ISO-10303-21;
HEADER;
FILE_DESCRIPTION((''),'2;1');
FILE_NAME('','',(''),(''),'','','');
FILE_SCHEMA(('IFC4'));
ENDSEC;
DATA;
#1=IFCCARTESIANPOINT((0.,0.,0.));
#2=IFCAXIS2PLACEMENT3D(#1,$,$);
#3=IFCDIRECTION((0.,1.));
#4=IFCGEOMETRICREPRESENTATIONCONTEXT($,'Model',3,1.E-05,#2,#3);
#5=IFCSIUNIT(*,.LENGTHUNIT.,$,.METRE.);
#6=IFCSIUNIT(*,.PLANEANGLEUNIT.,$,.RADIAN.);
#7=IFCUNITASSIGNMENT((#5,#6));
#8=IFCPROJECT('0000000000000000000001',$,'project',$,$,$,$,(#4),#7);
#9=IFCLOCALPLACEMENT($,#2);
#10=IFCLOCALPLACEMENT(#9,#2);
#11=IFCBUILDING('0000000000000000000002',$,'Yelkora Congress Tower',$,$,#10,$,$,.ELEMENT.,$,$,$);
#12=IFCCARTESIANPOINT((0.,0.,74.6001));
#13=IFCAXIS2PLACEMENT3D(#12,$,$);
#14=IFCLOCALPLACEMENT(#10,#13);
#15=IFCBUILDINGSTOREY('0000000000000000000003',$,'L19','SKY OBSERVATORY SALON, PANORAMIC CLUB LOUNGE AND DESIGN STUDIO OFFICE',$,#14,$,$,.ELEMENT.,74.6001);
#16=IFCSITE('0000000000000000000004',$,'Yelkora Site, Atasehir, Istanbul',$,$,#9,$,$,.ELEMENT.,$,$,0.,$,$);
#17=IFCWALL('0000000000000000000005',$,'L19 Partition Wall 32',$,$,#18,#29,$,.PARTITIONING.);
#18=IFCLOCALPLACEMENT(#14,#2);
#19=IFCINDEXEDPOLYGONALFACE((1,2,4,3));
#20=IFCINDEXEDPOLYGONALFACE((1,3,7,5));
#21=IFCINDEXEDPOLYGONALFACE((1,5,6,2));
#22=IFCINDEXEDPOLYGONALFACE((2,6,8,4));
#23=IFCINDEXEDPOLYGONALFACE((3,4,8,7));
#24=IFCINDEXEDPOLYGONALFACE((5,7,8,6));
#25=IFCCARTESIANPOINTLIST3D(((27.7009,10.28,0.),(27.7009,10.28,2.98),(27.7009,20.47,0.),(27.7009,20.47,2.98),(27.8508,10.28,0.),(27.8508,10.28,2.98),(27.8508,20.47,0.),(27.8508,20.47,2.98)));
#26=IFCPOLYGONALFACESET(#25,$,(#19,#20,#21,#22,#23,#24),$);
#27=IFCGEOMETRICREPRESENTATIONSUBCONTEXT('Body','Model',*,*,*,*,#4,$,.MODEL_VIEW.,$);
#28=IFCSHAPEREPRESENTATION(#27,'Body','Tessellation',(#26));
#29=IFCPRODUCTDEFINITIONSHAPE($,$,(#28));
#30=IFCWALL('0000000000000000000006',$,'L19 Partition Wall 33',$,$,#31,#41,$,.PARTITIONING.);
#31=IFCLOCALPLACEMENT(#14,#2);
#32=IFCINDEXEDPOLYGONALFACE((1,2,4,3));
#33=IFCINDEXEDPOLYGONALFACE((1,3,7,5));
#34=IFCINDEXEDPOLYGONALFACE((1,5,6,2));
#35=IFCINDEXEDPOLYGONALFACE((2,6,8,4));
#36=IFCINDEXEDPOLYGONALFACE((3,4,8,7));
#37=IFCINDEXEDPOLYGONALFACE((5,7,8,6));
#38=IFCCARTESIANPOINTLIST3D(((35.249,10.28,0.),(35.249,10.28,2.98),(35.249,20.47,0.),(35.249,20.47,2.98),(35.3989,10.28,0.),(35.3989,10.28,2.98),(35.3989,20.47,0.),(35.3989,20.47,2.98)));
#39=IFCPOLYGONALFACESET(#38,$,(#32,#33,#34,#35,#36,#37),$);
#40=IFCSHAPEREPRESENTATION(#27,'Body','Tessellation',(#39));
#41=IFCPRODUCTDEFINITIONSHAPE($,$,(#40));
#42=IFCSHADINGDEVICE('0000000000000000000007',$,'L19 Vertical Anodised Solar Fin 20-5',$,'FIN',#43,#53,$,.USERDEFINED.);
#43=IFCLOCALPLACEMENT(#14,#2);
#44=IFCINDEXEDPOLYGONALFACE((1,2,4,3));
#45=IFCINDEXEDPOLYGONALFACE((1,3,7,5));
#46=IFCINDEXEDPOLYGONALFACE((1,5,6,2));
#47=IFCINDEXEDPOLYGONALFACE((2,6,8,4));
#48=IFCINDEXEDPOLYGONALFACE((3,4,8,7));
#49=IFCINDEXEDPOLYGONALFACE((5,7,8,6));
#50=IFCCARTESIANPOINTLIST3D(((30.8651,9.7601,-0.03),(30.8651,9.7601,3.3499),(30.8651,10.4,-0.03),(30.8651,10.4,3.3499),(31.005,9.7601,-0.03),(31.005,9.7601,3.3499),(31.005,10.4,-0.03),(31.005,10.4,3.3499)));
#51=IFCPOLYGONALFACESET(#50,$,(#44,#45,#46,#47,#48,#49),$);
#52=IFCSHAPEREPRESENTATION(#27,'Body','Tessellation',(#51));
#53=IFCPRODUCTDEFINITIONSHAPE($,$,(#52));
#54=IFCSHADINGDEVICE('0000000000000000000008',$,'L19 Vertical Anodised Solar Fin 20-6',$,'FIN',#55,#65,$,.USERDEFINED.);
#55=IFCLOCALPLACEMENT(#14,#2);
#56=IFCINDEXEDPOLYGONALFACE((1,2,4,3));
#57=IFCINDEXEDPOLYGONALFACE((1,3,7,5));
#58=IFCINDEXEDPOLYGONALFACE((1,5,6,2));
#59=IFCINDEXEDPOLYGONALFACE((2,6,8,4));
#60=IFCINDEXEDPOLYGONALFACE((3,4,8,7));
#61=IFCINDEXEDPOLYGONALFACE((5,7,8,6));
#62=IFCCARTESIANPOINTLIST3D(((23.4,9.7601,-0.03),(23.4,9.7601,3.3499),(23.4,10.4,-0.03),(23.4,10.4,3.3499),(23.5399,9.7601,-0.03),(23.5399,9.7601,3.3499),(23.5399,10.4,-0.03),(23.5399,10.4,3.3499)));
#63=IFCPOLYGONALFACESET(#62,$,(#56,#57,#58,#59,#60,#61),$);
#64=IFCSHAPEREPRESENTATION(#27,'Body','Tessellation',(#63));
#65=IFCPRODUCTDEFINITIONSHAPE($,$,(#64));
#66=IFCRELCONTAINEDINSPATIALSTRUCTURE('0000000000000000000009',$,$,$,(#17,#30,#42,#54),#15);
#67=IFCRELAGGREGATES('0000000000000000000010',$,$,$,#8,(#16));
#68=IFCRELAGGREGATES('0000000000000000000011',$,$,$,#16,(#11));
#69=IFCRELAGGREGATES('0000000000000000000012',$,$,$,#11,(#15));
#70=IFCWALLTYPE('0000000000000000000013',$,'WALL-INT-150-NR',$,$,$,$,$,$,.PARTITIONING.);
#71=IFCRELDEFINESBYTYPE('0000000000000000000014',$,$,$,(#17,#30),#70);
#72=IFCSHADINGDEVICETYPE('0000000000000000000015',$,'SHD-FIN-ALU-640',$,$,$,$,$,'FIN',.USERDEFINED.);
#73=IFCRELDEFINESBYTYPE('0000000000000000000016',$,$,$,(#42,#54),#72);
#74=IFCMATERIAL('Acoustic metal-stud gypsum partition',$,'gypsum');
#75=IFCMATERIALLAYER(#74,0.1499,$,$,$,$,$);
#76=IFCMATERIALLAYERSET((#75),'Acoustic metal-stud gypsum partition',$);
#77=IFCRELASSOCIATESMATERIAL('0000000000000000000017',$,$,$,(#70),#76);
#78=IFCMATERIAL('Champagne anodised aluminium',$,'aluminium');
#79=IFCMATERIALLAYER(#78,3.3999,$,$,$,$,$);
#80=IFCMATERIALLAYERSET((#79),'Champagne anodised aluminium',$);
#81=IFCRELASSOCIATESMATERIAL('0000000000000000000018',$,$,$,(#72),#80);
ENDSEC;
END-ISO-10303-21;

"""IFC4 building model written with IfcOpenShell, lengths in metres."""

from ifc_helpers import new_model, si_unit, direction, frame, frame_2d, origin, origin_2d, place, context, subcontext, project, spatial, rectangle, extrude, material, layer, layer_set, type_object, element, save


model = new_model("IFC4")

# Units and contexts
model_context = context("Model", 3, precision=1e-05, world=origin(), true_north=direction((0.0, 1.0)))
body_context = subcontext(model_context, "Body", "Model", "MODEL_VIEW")
ifc_project = project(units=[si_unit("LENGTHUNIT", "METRE"), si_unit("PLANEANGLEUNIT", "RADIAN")], contexts=[model_context])

# Site, building, storey
site_placement = place(None, origin())
site = spatial("IfcSite", under=ifc_project, at=site_placement, Name="Yelkora Site, Atasehir, Istanbul", CompositionType="ELEMENT", RefElevation=0.0)
building_placement = place(site_placement, origin())
building = spatial("IfcBuilding", under=site, at=building_placement, Name="Yelkora Congress Tower", CompositionType="ELEMENT")
storey_placement = place(building_placement, frame((0.0, 0.0, 74.6001)))
storey = spatial("IfcBuildingStorey", under=building, at=storey_placement, Name="L19", Description="SKY OBSERVATORY SALON, PANORAMIC CLUB LOUNGE AND DESIGN STUDIO OFFICE", CompositionType="ELEMENT", Elevation=74.6001)

# Walls
ifc_material_1 = material(Name="Acoustic metal-stud gypsum partition", Category="gypsum")
ifc_layer_1 = layer(ifc_material_1, 0.1499)
ifc_layer_set_1 = layer_set([ifc_layer_1], Name="Acoustic metal-stud gypsum partition")
wall_type = type_object("IfcWallType", Name="WALL-INT-150-NR", PredefinedType="PARTITIONING", material=ifc_layer_set_1)
for number, where, z_axis, x_axis, name in (
    (1, (27.7759, 10.28, 0.0), (0.0, 0.0, 1.0), (0.0, 1.0, 0.0), "L19 Partition Wall 32"),
    (2, (35.324, 10.28, 0.0), (0.0, 0.0, 1.0), (0.0, 1.0, 0.0), "L19 Partition Wall 33"),
):
    element("IfcWall", number, at=place(storey_placement, frame(where, z_axis=z_axis, x_axis=x_axis)), inside=storey, type_object=wall_type, Name=name, PredefinedType="PARTITIONING", context=body_context, shape_type="SweptSolid", body=[
        extrude(rectangle(XDim=10.1899, YDim=0.1499, at=frame_2d((5.095, 0.0))), origin(), (0.0, 0.0, 1.0), 2.98),
    ])

# Shading devices
ifc_material_2 = material(Name="Champagne anodised aluminium", Category="aluminium")
ifc_layer_2 = layer(ifc_material_2, 3.3999)
ifc_layer_set_2 = layer_set([ifc_layer_2], Name="Champagne anodised aluminium")
shading_device_type = type_object("IfcShadingDeviceType", Name="SHD-FIN-ALU-640", ElementType="FIN", PredefinedType="USERDEFINED", material=ifc_layer_set_2)
for number, where, z_axis, x_axis, name in (
    (3, (30.9351, 10.0801, -0.03), (0.0, 0.0, 1.0), (-1.0, 0.0, 0.0), "L19 Vertical Anodised Solar Fin 20-5"),
    (4, (23.47, 10.0801, -0.03), (0.0, 0.0, 1.0), (-1.0, 0.0, 0.0), "L19 Vertical Anodised Solar Fin 20-6"),
):
    element("IfcShadingDevice", number, at=place(storey_placement, frame(where, z_axis=z_axis, x_axis=x_axis)), inside=storey, type_object=shading_device_type, Name=name, ObjectType="FIN", PredefinedType="USERDEFINED", context=body_context, shape_type="SweptSolid", body=[
        extrude(rectangle(XDim=0.1399, YDim=0.6399, at=origin_2d()), origin(), (0.0, 0.0, 1.0), 3.3799),
    ])

save(model, "model.ifc")
